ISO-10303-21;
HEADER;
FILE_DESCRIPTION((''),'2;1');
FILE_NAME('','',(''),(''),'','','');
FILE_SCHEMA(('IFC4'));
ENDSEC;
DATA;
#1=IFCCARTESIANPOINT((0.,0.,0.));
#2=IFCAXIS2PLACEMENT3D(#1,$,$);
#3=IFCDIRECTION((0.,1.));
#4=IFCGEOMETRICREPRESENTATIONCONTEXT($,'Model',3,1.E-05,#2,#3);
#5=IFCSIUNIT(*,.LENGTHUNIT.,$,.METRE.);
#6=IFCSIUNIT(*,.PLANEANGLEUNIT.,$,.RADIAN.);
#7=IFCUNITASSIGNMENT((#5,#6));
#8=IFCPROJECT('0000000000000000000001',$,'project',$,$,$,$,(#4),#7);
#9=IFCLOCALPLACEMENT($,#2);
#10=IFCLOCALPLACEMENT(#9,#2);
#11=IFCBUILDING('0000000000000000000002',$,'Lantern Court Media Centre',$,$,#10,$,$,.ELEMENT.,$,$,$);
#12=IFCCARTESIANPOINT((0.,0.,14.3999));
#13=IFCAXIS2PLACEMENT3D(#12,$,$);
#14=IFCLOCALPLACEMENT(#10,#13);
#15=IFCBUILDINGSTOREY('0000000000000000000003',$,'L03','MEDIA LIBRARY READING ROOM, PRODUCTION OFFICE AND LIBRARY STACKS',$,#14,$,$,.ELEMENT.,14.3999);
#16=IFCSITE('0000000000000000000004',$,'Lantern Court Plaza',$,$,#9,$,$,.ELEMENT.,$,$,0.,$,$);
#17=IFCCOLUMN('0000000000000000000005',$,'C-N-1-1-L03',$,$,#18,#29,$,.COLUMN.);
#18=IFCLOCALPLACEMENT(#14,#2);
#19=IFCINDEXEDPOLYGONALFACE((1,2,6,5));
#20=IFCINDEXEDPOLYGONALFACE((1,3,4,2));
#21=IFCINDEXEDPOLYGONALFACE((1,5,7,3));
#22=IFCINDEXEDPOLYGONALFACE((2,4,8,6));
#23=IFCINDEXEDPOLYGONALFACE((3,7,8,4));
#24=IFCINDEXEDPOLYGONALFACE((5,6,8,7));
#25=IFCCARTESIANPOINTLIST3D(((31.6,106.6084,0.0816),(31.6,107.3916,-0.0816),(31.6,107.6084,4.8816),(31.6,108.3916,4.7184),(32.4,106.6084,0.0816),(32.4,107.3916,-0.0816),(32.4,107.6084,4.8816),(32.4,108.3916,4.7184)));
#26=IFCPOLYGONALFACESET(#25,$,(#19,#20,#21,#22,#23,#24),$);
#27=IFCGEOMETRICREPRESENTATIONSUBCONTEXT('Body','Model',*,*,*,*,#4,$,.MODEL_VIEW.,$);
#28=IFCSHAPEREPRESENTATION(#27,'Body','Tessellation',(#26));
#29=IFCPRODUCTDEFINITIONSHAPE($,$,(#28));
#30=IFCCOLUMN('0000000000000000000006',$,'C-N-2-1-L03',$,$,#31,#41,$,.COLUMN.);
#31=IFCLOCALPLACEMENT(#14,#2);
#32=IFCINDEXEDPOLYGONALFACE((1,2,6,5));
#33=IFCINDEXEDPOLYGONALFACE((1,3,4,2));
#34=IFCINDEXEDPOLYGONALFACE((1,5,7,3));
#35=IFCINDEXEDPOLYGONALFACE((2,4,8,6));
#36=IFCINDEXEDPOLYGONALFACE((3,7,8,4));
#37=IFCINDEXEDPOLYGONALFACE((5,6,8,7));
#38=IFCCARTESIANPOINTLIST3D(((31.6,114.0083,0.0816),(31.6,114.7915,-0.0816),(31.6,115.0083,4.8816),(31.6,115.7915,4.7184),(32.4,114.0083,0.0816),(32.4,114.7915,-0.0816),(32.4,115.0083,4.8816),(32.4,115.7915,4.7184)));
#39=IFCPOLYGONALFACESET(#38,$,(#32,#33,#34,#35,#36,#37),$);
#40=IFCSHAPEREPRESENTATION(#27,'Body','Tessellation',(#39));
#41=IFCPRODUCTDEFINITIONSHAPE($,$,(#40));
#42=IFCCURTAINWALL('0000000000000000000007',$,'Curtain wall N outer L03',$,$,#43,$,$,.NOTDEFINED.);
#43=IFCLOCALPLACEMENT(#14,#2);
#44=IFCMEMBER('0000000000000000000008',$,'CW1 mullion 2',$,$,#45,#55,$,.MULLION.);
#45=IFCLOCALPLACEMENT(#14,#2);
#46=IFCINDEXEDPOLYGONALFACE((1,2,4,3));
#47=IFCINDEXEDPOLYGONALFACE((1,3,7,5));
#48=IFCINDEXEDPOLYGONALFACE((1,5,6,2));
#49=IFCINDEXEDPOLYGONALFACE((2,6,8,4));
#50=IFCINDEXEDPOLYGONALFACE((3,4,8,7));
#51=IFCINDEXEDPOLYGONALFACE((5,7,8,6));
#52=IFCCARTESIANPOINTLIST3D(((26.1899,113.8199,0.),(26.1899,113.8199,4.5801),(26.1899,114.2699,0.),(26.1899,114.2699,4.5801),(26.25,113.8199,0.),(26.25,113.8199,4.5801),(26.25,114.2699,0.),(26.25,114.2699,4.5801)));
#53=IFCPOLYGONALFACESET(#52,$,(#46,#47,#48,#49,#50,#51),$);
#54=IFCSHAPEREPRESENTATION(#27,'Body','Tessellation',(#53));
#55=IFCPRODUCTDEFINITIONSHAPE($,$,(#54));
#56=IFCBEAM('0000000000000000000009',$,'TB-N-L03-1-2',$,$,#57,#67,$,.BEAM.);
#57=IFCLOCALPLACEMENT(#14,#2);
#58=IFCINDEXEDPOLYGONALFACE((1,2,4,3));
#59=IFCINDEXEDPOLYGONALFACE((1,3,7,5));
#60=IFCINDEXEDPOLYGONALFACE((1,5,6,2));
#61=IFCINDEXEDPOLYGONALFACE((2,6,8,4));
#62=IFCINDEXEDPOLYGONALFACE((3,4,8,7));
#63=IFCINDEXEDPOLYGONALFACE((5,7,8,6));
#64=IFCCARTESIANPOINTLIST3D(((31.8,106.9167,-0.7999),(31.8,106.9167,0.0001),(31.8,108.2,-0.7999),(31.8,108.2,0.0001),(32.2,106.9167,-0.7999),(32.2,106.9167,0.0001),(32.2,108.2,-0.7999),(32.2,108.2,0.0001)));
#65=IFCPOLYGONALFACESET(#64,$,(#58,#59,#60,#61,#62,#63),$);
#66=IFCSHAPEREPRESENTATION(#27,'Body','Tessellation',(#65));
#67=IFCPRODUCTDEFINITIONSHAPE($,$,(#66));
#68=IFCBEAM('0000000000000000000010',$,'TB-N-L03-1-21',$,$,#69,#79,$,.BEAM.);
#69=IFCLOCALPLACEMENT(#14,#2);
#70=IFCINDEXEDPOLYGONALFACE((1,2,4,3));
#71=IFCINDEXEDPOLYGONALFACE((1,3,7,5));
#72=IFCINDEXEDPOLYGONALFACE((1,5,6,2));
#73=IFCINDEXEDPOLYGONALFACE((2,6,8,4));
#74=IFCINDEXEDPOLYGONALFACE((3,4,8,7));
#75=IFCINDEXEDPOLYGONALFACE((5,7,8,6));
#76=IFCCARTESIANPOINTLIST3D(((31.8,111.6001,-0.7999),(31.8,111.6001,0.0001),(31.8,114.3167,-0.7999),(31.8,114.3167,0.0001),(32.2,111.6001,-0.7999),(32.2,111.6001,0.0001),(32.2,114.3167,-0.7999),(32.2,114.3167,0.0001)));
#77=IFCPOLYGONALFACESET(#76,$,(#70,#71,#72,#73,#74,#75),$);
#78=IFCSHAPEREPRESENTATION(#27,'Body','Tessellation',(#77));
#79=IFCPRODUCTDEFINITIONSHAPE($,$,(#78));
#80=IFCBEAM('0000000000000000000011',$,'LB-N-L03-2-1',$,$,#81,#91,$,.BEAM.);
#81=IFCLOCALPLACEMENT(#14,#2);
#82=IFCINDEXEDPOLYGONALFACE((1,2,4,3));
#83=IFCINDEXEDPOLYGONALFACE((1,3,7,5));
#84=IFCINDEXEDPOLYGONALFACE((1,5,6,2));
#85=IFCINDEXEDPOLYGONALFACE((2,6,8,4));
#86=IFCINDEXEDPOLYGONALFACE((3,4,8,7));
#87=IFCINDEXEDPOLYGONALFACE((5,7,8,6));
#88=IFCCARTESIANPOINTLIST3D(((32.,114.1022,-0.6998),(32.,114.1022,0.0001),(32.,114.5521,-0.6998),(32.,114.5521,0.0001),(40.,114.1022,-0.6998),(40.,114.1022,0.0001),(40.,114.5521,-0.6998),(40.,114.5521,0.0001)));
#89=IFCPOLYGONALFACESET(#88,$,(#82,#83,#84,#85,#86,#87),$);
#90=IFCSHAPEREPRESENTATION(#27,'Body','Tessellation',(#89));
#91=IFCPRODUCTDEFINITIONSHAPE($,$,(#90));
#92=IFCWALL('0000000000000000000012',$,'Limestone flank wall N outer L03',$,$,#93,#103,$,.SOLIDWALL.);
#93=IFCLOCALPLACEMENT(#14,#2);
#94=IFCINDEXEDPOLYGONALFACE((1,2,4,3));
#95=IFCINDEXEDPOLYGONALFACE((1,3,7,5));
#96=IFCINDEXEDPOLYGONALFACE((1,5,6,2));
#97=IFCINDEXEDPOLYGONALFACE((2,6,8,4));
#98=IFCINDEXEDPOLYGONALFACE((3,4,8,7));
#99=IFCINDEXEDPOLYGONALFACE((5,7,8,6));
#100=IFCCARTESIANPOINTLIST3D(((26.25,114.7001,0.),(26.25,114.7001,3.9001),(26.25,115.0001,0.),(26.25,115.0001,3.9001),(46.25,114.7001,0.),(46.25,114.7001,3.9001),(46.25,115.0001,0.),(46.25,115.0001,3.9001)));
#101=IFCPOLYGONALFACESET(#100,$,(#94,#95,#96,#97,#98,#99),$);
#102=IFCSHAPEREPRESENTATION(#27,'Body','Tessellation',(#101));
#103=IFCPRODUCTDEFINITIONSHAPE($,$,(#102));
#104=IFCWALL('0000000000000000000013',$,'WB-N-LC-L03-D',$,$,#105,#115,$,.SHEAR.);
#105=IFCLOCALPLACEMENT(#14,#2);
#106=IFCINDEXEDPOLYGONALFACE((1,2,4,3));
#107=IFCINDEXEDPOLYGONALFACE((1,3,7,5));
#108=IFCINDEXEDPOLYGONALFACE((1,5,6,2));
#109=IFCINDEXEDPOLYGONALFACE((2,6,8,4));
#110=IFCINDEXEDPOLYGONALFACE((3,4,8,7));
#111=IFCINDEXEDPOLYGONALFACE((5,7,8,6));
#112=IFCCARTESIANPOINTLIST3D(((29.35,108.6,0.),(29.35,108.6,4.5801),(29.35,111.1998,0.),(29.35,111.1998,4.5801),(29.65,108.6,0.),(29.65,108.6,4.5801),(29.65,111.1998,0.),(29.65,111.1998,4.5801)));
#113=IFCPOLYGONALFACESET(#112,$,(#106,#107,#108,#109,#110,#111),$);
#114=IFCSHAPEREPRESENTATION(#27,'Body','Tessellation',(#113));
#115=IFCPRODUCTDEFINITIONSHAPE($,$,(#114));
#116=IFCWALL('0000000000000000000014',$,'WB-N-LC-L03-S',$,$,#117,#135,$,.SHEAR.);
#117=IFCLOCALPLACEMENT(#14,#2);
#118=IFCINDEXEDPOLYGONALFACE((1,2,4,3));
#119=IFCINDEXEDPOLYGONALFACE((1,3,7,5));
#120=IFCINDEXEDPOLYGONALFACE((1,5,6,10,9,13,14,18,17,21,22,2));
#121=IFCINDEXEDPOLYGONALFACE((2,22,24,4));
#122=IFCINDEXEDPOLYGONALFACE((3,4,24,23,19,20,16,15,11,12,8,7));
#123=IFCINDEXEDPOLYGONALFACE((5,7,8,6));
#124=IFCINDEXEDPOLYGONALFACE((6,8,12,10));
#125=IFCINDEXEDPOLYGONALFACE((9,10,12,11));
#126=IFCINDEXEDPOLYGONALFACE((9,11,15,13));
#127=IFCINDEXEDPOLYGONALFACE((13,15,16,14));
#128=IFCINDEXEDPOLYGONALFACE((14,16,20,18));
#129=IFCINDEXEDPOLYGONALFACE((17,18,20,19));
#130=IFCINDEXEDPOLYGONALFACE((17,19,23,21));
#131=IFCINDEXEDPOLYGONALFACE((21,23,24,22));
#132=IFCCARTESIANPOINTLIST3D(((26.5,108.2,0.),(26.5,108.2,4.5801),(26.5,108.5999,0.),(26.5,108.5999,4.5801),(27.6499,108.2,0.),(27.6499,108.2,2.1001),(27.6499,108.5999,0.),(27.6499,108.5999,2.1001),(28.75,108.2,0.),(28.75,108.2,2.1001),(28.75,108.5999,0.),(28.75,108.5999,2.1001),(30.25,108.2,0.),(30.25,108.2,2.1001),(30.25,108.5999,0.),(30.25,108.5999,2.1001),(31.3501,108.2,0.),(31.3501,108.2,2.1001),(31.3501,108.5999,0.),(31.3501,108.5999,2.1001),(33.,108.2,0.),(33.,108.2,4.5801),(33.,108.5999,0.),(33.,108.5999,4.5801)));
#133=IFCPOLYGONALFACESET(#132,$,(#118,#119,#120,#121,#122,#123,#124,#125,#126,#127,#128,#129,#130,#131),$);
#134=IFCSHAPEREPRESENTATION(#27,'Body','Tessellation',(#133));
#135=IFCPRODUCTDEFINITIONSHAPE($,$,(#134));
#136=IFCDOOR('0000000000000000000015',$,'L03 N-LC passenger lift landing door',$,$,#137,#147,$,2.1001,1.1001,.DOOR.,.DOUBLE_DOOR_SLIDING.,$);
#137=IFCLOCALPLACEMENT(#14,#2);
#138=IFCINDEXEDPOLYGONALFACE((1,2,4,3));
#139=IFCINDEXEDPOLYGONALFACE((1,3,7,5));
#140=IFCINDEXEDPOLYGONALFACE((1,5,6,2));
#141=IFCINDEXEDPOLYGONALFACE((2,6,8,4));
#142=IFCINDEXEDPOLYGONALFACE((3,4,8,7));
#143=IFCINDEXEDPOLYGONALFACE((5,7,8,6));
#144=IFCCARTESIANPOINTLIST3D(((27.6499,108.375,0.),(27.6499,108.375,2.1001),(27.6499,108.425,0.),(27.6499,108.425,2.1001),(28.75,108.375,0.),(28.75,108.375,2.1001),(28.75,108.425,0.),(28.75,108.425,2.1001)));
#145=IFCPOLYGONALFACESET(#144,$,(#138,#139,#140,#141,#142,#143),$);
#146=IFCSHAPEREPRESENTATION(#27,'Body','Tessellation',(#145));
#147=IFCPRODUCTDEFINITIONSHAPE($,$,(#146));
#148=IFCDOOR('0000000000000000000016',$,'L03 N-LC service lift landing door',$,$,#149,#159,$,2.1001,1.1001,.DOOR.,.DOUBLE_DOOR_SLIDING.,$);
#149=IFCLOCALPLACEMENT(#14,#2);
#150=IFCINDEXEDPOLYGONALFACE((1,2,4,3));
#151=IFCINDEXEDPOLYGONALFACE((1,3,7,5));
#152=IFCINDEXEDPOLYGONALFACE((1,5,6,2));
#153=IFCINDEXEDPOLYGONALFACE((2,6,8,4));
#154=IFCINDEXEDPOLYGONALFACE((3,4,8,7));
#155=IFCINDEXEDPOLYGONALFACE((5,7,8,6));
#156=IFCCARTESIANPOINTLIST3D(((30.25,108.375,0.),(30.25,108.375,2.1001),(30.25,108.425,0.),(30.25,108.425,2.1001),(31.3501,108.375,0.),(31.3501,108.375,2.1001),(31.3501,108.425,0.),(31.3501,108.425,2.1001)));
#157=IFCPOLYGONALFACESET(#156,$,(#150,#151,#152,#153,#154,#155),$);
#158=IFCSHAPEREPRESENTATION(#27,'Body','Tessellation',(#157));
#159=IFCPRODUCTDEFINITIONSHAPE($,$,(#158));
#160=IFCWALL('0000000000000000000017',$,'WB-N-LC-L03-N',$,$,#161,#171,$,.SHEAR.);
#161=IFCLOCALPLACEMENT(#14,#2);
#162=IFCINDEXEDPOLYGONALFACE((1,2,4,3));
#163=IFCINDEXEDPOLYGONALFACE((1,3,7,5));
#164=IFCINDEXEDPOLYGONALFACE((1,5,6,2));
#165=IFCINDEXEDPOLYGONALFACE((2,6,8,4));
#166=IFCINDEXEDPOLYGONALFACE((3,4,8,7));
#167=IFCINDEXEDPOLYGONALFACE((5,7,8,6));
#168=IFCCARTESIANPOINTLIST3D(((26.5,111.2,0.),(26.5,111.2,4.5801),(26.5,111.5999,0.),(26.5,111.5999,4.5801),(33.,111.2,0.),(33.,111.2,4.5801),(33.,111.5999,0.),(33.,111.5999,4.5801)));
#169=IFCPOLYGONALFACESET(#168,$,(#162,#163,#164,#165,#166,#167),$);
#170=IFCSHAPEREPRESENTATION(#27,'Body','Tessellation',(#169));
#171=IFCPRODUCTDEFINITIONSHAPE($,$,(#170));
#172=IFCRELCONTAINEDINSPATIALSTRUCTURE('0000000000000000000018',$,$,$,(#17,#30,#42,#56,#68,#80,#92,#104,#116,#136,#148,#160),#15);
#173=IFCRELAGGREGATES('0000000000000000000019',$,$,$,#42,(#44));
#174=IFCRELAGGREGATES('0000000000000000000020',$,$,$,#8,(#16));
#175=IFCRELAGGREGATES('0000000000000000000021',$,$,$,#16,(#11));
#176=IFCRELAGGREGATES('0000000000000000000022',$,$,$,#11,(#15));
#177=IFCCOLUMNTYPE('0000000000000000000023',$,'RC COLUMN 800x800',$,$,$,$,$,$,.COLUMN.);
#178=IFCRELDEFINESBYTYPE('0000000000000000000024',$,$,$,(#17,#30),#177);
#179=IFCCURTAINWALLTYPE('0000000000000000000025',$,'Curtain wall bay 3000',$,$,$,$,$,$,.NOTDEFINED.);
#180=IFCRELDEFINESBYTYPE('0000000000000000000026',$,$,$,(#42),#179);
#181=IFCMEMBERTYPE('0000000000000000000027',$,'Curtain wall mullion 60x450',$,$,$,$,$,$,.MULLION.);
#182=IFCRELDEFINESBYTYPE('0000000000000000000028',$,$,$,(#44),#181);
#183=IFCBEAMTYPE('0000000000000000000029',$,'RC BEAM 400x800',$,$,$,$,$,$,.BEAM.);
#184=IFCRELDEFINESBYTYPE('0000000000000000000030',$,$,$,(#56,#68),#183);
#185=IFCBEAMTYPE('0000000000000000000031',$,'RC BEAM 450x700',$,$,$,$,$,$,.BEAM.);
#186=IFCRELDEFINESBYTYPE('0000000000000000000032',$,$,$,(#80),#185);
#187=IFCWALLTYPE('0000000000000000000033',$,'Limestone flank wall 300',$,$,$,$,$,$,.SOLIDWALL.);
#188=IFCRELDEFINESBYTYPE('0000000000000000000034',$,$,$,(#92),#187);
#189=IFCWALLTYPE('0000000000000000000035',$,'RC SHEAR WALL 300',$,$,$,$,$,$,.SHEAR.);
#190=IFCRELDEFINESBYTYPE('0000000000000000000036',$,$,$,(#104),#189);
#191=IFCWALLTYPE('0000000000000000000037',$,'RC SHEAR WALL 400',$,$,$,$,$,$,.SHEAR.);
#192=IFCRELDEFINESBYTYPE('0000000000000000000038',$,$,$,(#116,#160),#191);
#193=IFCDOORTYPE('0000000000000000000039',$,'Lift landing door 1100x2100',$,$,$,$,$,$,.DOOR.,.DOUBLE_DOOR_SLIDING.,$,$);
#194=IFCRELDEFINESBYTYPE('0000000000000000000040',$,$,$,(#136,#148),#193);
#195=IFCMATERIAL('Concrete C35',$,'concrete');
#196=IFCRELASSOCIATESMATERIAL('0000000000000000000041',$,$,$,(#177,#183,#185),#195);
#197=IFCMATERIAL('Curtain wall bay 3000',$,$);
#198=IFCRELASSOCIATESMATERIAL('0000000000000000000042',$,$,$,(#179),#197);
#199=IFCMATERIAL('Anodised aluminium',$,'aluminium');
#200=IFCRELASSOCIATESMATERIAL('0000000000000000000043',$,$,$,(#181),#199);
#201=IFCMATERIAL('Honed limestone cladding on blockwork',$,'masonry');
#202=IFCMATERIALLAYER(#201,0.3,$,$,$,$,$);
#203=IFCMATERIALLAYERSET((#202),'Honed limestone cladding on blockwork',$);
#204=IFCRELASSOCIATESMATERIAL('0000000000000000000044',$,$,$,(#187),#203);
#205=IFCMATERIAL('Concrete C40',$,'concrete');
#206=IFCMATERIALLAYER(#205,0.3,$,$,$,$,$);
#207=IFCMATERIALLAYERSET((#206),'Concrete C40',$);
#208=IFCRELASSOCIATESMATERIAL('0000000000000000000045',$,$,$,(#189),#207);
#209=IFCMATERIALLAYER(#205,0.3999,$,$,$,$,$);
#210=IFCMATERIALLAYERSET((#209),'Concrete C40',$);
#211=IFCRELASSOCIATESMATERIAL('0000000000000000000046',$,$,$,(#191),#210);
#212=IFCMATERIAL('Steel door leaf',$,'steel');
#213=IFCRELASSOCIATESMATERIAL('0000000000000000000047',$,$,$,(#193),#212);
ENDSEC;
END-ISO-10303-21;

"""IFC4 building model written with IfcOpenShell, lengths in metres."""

from ifc_helpers import new_model, si_unit, direction, frame, frame_2d, origin, origin_2d, place, context, subcontext, project, spatial, rectangle, extrude, material, layer, layer_set, material_profile, profile_set, type_object, element, fill, aggregate, save


model = new_model("IFC4")

# Units and contexts
model_context = context("Model", 3, precision=1e-05, world=origin(), true_north=direction((0.0, 1.0)))
body_context = subcontext(model_context, "Body", "Model", "MODEL_VIEW")
ifc_project = project(units=[si_unit("LENGTHUNIT", "METRE"), si_unit("PLANEANGLEUNIT", "RADIAN")], contexts=[model_context])

# Site, building, storey
site_placement = place(None, origin())
site = spatial("IfcSite", under=ifc_project, at=site_placement, Name="Lantern Court Plaza", CompositionType="ELEMENT", RefElevation=0.0)
building_placement = place(site_placement, origin())
building = spatial("IfcBuilding", under=site, at=building_placement, Name="Lantern Court Media Centre", CompositionType="ELEMENT")
storey_placement = place(building_placement, frame((0.0, 0.0, 14.3999)))
storey = spatial("IfcBuildingStorey", under=building, at=storey_placement, Name="L03", Description="MEDIA LIBRARY READING ROOM, PRODUCTION OFFICE AND LIBRARY STACKS", CompositionType="ELEMENT", Elevation=14.3999)

# Columns
ifc_material_1 = material(Name="Concrete C35", Category="concrete")
ifc_material_profile_1 = material_profile(ifc_material_1, rectangle(XDim=0.8, YDim=0.8, at=origin_2d()), Name="RC 800x800")
ifc_profile_set_1 = profile_set([ifc_material_profile_1], Name="Concrete C35")
column_type = type_object("IfcColumnType", Name="RC COLUMN 800x800", PredefinedType="COLUMN", material=ifc_profile_set_1)
for number, where, z_axis, x_axis, name in (
    (1, (32.0, 107.0, 0.0), (0.0, 0.203952, 0.978981), (-1.0, 0.0, 0.0), "C-N-1-1-L03"),
    (2, (32.0, 114.3999, 0.0), (0.0, 0.203952, 0.978981), (-1.0, 0.0, 0.0), "C-N-2-1-L03"),
):
    element("IfcColumn", number, at=place(storey_placement, frame(where, z_axis=z_axis, x_axis=x_axis)), inside=storey, type_object=column_type, Name=name, PredefinedType="COLUMN", context=body_context, shape_type="SweptSolid", body=[
        extrude(rectangle(XDim=0.8, YDim=0.8, at=origin_2d()), origin(), (0.0, 0.0, 1.0), 4.9031),
    ])

# Curtain wall, member
ifc_material_2 = material(Name="Curtain wall bay 3000")
curtain_wall_type = type_object("IfcCurtainWallType", Name="Curtain wall bay 3000", PredefinedType="NOTDEFINED", material=ifc_material_2)
curtain_wall_placement = place(storey_placement, origin())
curtain_wall = element("IfcCurtainWall", 3, at=curtain_wall_placement, inside=storey, type_object=curtain_wall_type, Name="Curtain wall N outer L03", PredefinedType="NOTDEFINED")
ifc_material_3 = material(Name="Anodised aluminium", Category="aluminium")
ifc_material_profile_2 = material_profile(ifc_material_3, rectangle(XDim=0.45, YDim=0.0601, at=origin_2d()), Name="AL 60x450")
ifc_profile_set_2 = profile_set([ifc_material_profile_2], Name="Anodised aluminium")
member_type = type_object("IfcMemberType", Name="Curtain wall mullion 60x450", PredefinedType="MULLION", material=ifc_profile_set_2)
member_placement = place(storey_placement, frame((26.22, 114.0449, 0.0), z_axis=(0.0, 0.0, 1.0), x_axis=(0.0, 1.0, 0.0)))
member = element("IfcMember", 4, at=member_placement, type_object=member_type, Name="CW1 mullion 2", PredefinedType="MULLION", context=body_context, shape_type="SweptSolid", body=[
    extrude(rectangle(XDim=0.45, YDim=0.0601, at=origin_2d()), origin(), (0.0, 0.0, 1.0), 4.5801),
])
aggregate(curtain_wall, [member])

# Beams
ifc_material_profile_3 = material_profile(ifc_material_1, rectangle(XDim=0.3999, YDim=0.8, at=origin_2d()), Name="RC 400x800")
ifc_profile_set_3 = profile_set([ifc_material_profile_3], Name="Concrete C35")
beam_type_1 = type_object("IfcBeamType", Name="RC BEAM 400x800", PredefinedType="BEAM", material=ifc_profile_set_3)
beam_1_placement = place(storey_placement, frame((32.0, 106.9167, -0.3999), z_axis=(0.0, 1.0, 0.0), x_axis=(-1.0, 0.0, 0.0)))
element("IfcBeam", 5, at=beam_1_placement, inside=storey, type_object=beam_type_1, Name="TB-N-L03-1-2", PredefinedType="BEAM", context=body_context, shape_type="SweptSolid", body=[
    extrude(rectangle(XDim=0.3999, YDim=0.8, at=origin_2d()), origin(), (0.0, 0.0, 1.0), 1.2832),
])
beam_2_placement = place(storey_placement, frame((32.0, 111.6001, -0.3999), z_axis=(0.0, 1.0, 0.0), x_axis=(-1.0, 0.0, 0.0)))
element("IfcBeam", 6, at=beam_2_placement, inside=storey, type_object=beam_type_1, Name="TB-N-L03-1-21", PredefinedType="BEAM", context=body_context, shape_type="SweptSolid", body=[
    extrude(rectangle(XDim=0.3999, YDim=0.8, at=origin_2d()), origin(), (0.0, 0.0, 1.0), 2.7166),
])
ifc_material_profile_4 = material_profile(ifc_material_1, rectangle(XDim=0.45, YDim=0.7, at=origin_2d()), Name="RC 450x700")
ifc_profile_set_4 = profile_set([ifc_material_profile_4], Name="Concrete C35")
beam_type_2 = type_object("IfcBeamType", Name="RC BEAM 450x700", PredefinedType="BEAM", material=ifc_profile_set_4)
beam_3_placement = place(storey_placement, frame((32.0, 114.3271, -0.3499), z_axis=(1.0, 0.0, 0.0), x_axis=(0.0, 1.0, 0.0)))
element("IfcBeam", 7, at=beam_3_placement, inside=storey, type_object=beam_type_2, Name="LB-N-L03-2-1", PredefinedType="BEAM", context=body_context, shape_type="SweptSolid", body=[
    extrude(rectangle(XDim=0.45, YDim=0.7, at=origin_2d()), origin(), (0.0, 0.0, 1.0), 8.0),
])

# Walls
ifc_material_4 = material(Name="Honed limestone cladding on blockwork", Category="masonry")
ifc_layer_1 = layer(ifc_material_4, 0.3)
ifc_layer_set_1 = layer_set([ifc_layer_1], Name="Honed limestone cladding on blockwork")
wall_type_1 = type_object("IfcWallType", Name="Limestone flank wall 300", PredefinedType="SOLIDWALL", material=ifc_layer_set_1)
wall_1_placement = place(storey_placement, frame((26.25, 114.8501, 0.0), z_axis=(0.0, 0.0, 1.0), x_axis=(1.0, 0.0, 0.0)))
element("IfcWall", 8, at=wall_1_placement, inside=storey, type_object=wall_type_1, Name="Limestone flank wall N outer L03", PredefinedType="SOLIDWALL", context=body_context, shape_type="SweptSolid", body=[
    extrude(rectangle(XDim=20.0, YDim=0.3, at=frame_2d((10.0, 0.0))), origin(), (0.0, 0.0, 1.0), 3.9001),
])
ifc_material_5 = material(Name="Concrete C40", Category="concrete")
ifc_layer_2 = layer(ifc_material_5, 0.3)
ifc_layer_set_2 = layer_set([ifc_layer_2], Name="Concrete C40")
wall_type_2 = type_object("IfcWallType", Name="RC SHEAR WALL 300", PredefinedType="SHEAR", material=ifc_layer_set_2)
wall_2_placement = place(storey_placement, frame((29.5, 108.6001, 0.0), z_axis=(0.0, 0.0, 1.0), x_axis=(0.0, 1.0, 0.0)))
element("IfcWall", 9, at=wall_2_placement, inside=storey, type_object=wall_type_2, Name="WB-N-LC-L03-D", PredefinedType="SHEAR", context=body_context, shape_type="SweptSolid", body=[
    extrude(rectangle(XDim=2.5999, YDim=0.3, at=frame_2d((1.2998, 0.0))), origin(), (0.0, 0.0, 1.0), 4.5801),
])

# Wall, openings, doors
ifc_layer_3 = layer(ifc_material_5, 0.3999)
ifc_layer_set_3 = layer_set([ifc_layer_3], Name="Concrete C40")
wall_type_3 = type_object("IfcWallType", Name="RC SHEAR WALL 400", PredefinedType="SHEAR", material=ifc_layer_set_3)
wall_3_placement = place(storey_placement, frame((26.5, 108.3999, 0.0), z_axis=(0.0, 0.0, 1.0), x_axis=(1.0, 0.0, 0.0)))
wall_3 = element("IfcWall", 10, at=wall_3_placement, inside=storey, type_object=wall_type_3, Name="WB-N-LC-L03-S", PredefinedType="SHEAR", context=body_context, shape_type="SweptSolid", body=[
    extrude(rectangle(XDim=6.5, YDim=0.3999, at=frame_2d((3.25, 0.0))), origin(), (0.0, 0.0, 1.0), 4.5801),
])
opening_1_placement = place(wall_3_placement, frame((1.1499, 0.0, 0.0)))
opening_1 = element("IfcOpeningElement", 11, at=opening_1_placement, cuts=wall_3, PredefinedType="OPENING", context=body_context, shape_type="SweptSolid", body=[
    extrude(rectangle(XDim=1.1001, YDim=2.1001, at=frame_2d((0.55, 1.05))), frame((0.0, 0.21, 0.0), z_axis=(0.0, -1.0, 0.0), x_axis=(1.0, 0.0, 0.0)), (0.0, 0.0, 1.0), 0.4199),
])
opening_2_placement = place(wall_3_placement, frame((3.75, 0.0, 0.0)))
opening_2 = element("IfcOpeningElement", 12, at=opening_2_placement, cuts=wall_3, PredefinedType="OPENING", context=body_context, shape_type="SweptSolid", body=[
    extrude(rectangle(XDim=1.1001, YDim=2.1001, at=frame_2d((0.55, 1.05))), frame((0.0, 0.21, 0.0), z_axis=(0.0, -1.0, 0.0), x_axis=(1.0, 0.0, 0.0)), (0.0, 0.0, 1.0), 0.4199),
])
ifc_material_6 = material(Name="Steel door leaf", Category="steel")
door_type_1 = type_object("IfcDoorType", Name="Lift landing door 1100x2100", OperationType="DOUBLE_DOOR_SLIDING", PredefinedType="DOOR", material=ifc_material_6)
door_1_placement = place(opening_1_placement, frame((1.1001, 0.0, 0.0), z_axis=(0.0, 0.0, 1.0), x_axis=(-1.0, 0.0, 0.0)))
door_1 = element("IfcDoor", 13, at=door_1_placement, inside=storey, type_object=door_type_1, Name="L03 N-LC passenger lift landing door", OperationType="DOUBLE_DOOR_SLIDING", OverallHeight=2.1001, OverallWidth=1.1001, PredefinedType="DOOR", context=body_context, shape_type="SweptSolid", body=[
    extrude(rectangle(XDim=1.1001, YDim=2.1001, at=frame_2d((0.55, 1.05))), frame((0.0, 0.0249, 0.0), z_axis=(0.0, -1.0, 0.0), x_axis=(1.0, 0.0, 0.0)), (0.0, 0.0, 1.0), 0.05),
])
fill(opening_1, door_1)
door_2_placement = place(opening_2_placement, frame((1.1001, 0.0, 0.0), z_axis=(0.0, 0.0, 1.0), x_axis=(-1.0, 0.0, 0.0)))
door_2 = element("IfcDoor", 14, at=door_2_placement, inside=storey, type_object=door_type_1, Name="L03 N-LC service lift landing door", OperationType="DOUBLE_DOOR_SLIDING", OverallHeight=2.1001, OverallWidth=1.1001, PredefinedType="DOOR", context=body_context, shape_type="SweptSolid", body=[
    extrude(rectangle(XDim=1.1001, YDim=2.1001, at=frame_2d((0.55, 1.05))), frame((0.0, 0.0249, 0.0), z_axis=(0.0, -1.0, 0.0), x_axis=(1.0, 0.0, 0.0)), (0.0, 0.0, 1.0), 0.05),
])
fill(opening_2, door_2)

# Wall
wall_4_placement = place(storey_placement, frame((26.5, 111.3999, 0.0), z_axis=(0.0, 0.0, 1.0), x_axis=(1.0, 0.0, 0.0)))
element("IfcWall", 15, at=wall_4_placement, inside=storey, type_object=wall_type_3, Name="WB-N-LC-L03-N", PredefinedType="SHEAR", context=body_context, shape_type="SweptSolid", body=[
    extrude(rectangle(XDim=6.5, YDim=0.3999, at=frame_2d((3.25, 0.0))), origin(), (0.0, 0.0, 1.0), 4.5801),
])

save(model, "model.ifc")
